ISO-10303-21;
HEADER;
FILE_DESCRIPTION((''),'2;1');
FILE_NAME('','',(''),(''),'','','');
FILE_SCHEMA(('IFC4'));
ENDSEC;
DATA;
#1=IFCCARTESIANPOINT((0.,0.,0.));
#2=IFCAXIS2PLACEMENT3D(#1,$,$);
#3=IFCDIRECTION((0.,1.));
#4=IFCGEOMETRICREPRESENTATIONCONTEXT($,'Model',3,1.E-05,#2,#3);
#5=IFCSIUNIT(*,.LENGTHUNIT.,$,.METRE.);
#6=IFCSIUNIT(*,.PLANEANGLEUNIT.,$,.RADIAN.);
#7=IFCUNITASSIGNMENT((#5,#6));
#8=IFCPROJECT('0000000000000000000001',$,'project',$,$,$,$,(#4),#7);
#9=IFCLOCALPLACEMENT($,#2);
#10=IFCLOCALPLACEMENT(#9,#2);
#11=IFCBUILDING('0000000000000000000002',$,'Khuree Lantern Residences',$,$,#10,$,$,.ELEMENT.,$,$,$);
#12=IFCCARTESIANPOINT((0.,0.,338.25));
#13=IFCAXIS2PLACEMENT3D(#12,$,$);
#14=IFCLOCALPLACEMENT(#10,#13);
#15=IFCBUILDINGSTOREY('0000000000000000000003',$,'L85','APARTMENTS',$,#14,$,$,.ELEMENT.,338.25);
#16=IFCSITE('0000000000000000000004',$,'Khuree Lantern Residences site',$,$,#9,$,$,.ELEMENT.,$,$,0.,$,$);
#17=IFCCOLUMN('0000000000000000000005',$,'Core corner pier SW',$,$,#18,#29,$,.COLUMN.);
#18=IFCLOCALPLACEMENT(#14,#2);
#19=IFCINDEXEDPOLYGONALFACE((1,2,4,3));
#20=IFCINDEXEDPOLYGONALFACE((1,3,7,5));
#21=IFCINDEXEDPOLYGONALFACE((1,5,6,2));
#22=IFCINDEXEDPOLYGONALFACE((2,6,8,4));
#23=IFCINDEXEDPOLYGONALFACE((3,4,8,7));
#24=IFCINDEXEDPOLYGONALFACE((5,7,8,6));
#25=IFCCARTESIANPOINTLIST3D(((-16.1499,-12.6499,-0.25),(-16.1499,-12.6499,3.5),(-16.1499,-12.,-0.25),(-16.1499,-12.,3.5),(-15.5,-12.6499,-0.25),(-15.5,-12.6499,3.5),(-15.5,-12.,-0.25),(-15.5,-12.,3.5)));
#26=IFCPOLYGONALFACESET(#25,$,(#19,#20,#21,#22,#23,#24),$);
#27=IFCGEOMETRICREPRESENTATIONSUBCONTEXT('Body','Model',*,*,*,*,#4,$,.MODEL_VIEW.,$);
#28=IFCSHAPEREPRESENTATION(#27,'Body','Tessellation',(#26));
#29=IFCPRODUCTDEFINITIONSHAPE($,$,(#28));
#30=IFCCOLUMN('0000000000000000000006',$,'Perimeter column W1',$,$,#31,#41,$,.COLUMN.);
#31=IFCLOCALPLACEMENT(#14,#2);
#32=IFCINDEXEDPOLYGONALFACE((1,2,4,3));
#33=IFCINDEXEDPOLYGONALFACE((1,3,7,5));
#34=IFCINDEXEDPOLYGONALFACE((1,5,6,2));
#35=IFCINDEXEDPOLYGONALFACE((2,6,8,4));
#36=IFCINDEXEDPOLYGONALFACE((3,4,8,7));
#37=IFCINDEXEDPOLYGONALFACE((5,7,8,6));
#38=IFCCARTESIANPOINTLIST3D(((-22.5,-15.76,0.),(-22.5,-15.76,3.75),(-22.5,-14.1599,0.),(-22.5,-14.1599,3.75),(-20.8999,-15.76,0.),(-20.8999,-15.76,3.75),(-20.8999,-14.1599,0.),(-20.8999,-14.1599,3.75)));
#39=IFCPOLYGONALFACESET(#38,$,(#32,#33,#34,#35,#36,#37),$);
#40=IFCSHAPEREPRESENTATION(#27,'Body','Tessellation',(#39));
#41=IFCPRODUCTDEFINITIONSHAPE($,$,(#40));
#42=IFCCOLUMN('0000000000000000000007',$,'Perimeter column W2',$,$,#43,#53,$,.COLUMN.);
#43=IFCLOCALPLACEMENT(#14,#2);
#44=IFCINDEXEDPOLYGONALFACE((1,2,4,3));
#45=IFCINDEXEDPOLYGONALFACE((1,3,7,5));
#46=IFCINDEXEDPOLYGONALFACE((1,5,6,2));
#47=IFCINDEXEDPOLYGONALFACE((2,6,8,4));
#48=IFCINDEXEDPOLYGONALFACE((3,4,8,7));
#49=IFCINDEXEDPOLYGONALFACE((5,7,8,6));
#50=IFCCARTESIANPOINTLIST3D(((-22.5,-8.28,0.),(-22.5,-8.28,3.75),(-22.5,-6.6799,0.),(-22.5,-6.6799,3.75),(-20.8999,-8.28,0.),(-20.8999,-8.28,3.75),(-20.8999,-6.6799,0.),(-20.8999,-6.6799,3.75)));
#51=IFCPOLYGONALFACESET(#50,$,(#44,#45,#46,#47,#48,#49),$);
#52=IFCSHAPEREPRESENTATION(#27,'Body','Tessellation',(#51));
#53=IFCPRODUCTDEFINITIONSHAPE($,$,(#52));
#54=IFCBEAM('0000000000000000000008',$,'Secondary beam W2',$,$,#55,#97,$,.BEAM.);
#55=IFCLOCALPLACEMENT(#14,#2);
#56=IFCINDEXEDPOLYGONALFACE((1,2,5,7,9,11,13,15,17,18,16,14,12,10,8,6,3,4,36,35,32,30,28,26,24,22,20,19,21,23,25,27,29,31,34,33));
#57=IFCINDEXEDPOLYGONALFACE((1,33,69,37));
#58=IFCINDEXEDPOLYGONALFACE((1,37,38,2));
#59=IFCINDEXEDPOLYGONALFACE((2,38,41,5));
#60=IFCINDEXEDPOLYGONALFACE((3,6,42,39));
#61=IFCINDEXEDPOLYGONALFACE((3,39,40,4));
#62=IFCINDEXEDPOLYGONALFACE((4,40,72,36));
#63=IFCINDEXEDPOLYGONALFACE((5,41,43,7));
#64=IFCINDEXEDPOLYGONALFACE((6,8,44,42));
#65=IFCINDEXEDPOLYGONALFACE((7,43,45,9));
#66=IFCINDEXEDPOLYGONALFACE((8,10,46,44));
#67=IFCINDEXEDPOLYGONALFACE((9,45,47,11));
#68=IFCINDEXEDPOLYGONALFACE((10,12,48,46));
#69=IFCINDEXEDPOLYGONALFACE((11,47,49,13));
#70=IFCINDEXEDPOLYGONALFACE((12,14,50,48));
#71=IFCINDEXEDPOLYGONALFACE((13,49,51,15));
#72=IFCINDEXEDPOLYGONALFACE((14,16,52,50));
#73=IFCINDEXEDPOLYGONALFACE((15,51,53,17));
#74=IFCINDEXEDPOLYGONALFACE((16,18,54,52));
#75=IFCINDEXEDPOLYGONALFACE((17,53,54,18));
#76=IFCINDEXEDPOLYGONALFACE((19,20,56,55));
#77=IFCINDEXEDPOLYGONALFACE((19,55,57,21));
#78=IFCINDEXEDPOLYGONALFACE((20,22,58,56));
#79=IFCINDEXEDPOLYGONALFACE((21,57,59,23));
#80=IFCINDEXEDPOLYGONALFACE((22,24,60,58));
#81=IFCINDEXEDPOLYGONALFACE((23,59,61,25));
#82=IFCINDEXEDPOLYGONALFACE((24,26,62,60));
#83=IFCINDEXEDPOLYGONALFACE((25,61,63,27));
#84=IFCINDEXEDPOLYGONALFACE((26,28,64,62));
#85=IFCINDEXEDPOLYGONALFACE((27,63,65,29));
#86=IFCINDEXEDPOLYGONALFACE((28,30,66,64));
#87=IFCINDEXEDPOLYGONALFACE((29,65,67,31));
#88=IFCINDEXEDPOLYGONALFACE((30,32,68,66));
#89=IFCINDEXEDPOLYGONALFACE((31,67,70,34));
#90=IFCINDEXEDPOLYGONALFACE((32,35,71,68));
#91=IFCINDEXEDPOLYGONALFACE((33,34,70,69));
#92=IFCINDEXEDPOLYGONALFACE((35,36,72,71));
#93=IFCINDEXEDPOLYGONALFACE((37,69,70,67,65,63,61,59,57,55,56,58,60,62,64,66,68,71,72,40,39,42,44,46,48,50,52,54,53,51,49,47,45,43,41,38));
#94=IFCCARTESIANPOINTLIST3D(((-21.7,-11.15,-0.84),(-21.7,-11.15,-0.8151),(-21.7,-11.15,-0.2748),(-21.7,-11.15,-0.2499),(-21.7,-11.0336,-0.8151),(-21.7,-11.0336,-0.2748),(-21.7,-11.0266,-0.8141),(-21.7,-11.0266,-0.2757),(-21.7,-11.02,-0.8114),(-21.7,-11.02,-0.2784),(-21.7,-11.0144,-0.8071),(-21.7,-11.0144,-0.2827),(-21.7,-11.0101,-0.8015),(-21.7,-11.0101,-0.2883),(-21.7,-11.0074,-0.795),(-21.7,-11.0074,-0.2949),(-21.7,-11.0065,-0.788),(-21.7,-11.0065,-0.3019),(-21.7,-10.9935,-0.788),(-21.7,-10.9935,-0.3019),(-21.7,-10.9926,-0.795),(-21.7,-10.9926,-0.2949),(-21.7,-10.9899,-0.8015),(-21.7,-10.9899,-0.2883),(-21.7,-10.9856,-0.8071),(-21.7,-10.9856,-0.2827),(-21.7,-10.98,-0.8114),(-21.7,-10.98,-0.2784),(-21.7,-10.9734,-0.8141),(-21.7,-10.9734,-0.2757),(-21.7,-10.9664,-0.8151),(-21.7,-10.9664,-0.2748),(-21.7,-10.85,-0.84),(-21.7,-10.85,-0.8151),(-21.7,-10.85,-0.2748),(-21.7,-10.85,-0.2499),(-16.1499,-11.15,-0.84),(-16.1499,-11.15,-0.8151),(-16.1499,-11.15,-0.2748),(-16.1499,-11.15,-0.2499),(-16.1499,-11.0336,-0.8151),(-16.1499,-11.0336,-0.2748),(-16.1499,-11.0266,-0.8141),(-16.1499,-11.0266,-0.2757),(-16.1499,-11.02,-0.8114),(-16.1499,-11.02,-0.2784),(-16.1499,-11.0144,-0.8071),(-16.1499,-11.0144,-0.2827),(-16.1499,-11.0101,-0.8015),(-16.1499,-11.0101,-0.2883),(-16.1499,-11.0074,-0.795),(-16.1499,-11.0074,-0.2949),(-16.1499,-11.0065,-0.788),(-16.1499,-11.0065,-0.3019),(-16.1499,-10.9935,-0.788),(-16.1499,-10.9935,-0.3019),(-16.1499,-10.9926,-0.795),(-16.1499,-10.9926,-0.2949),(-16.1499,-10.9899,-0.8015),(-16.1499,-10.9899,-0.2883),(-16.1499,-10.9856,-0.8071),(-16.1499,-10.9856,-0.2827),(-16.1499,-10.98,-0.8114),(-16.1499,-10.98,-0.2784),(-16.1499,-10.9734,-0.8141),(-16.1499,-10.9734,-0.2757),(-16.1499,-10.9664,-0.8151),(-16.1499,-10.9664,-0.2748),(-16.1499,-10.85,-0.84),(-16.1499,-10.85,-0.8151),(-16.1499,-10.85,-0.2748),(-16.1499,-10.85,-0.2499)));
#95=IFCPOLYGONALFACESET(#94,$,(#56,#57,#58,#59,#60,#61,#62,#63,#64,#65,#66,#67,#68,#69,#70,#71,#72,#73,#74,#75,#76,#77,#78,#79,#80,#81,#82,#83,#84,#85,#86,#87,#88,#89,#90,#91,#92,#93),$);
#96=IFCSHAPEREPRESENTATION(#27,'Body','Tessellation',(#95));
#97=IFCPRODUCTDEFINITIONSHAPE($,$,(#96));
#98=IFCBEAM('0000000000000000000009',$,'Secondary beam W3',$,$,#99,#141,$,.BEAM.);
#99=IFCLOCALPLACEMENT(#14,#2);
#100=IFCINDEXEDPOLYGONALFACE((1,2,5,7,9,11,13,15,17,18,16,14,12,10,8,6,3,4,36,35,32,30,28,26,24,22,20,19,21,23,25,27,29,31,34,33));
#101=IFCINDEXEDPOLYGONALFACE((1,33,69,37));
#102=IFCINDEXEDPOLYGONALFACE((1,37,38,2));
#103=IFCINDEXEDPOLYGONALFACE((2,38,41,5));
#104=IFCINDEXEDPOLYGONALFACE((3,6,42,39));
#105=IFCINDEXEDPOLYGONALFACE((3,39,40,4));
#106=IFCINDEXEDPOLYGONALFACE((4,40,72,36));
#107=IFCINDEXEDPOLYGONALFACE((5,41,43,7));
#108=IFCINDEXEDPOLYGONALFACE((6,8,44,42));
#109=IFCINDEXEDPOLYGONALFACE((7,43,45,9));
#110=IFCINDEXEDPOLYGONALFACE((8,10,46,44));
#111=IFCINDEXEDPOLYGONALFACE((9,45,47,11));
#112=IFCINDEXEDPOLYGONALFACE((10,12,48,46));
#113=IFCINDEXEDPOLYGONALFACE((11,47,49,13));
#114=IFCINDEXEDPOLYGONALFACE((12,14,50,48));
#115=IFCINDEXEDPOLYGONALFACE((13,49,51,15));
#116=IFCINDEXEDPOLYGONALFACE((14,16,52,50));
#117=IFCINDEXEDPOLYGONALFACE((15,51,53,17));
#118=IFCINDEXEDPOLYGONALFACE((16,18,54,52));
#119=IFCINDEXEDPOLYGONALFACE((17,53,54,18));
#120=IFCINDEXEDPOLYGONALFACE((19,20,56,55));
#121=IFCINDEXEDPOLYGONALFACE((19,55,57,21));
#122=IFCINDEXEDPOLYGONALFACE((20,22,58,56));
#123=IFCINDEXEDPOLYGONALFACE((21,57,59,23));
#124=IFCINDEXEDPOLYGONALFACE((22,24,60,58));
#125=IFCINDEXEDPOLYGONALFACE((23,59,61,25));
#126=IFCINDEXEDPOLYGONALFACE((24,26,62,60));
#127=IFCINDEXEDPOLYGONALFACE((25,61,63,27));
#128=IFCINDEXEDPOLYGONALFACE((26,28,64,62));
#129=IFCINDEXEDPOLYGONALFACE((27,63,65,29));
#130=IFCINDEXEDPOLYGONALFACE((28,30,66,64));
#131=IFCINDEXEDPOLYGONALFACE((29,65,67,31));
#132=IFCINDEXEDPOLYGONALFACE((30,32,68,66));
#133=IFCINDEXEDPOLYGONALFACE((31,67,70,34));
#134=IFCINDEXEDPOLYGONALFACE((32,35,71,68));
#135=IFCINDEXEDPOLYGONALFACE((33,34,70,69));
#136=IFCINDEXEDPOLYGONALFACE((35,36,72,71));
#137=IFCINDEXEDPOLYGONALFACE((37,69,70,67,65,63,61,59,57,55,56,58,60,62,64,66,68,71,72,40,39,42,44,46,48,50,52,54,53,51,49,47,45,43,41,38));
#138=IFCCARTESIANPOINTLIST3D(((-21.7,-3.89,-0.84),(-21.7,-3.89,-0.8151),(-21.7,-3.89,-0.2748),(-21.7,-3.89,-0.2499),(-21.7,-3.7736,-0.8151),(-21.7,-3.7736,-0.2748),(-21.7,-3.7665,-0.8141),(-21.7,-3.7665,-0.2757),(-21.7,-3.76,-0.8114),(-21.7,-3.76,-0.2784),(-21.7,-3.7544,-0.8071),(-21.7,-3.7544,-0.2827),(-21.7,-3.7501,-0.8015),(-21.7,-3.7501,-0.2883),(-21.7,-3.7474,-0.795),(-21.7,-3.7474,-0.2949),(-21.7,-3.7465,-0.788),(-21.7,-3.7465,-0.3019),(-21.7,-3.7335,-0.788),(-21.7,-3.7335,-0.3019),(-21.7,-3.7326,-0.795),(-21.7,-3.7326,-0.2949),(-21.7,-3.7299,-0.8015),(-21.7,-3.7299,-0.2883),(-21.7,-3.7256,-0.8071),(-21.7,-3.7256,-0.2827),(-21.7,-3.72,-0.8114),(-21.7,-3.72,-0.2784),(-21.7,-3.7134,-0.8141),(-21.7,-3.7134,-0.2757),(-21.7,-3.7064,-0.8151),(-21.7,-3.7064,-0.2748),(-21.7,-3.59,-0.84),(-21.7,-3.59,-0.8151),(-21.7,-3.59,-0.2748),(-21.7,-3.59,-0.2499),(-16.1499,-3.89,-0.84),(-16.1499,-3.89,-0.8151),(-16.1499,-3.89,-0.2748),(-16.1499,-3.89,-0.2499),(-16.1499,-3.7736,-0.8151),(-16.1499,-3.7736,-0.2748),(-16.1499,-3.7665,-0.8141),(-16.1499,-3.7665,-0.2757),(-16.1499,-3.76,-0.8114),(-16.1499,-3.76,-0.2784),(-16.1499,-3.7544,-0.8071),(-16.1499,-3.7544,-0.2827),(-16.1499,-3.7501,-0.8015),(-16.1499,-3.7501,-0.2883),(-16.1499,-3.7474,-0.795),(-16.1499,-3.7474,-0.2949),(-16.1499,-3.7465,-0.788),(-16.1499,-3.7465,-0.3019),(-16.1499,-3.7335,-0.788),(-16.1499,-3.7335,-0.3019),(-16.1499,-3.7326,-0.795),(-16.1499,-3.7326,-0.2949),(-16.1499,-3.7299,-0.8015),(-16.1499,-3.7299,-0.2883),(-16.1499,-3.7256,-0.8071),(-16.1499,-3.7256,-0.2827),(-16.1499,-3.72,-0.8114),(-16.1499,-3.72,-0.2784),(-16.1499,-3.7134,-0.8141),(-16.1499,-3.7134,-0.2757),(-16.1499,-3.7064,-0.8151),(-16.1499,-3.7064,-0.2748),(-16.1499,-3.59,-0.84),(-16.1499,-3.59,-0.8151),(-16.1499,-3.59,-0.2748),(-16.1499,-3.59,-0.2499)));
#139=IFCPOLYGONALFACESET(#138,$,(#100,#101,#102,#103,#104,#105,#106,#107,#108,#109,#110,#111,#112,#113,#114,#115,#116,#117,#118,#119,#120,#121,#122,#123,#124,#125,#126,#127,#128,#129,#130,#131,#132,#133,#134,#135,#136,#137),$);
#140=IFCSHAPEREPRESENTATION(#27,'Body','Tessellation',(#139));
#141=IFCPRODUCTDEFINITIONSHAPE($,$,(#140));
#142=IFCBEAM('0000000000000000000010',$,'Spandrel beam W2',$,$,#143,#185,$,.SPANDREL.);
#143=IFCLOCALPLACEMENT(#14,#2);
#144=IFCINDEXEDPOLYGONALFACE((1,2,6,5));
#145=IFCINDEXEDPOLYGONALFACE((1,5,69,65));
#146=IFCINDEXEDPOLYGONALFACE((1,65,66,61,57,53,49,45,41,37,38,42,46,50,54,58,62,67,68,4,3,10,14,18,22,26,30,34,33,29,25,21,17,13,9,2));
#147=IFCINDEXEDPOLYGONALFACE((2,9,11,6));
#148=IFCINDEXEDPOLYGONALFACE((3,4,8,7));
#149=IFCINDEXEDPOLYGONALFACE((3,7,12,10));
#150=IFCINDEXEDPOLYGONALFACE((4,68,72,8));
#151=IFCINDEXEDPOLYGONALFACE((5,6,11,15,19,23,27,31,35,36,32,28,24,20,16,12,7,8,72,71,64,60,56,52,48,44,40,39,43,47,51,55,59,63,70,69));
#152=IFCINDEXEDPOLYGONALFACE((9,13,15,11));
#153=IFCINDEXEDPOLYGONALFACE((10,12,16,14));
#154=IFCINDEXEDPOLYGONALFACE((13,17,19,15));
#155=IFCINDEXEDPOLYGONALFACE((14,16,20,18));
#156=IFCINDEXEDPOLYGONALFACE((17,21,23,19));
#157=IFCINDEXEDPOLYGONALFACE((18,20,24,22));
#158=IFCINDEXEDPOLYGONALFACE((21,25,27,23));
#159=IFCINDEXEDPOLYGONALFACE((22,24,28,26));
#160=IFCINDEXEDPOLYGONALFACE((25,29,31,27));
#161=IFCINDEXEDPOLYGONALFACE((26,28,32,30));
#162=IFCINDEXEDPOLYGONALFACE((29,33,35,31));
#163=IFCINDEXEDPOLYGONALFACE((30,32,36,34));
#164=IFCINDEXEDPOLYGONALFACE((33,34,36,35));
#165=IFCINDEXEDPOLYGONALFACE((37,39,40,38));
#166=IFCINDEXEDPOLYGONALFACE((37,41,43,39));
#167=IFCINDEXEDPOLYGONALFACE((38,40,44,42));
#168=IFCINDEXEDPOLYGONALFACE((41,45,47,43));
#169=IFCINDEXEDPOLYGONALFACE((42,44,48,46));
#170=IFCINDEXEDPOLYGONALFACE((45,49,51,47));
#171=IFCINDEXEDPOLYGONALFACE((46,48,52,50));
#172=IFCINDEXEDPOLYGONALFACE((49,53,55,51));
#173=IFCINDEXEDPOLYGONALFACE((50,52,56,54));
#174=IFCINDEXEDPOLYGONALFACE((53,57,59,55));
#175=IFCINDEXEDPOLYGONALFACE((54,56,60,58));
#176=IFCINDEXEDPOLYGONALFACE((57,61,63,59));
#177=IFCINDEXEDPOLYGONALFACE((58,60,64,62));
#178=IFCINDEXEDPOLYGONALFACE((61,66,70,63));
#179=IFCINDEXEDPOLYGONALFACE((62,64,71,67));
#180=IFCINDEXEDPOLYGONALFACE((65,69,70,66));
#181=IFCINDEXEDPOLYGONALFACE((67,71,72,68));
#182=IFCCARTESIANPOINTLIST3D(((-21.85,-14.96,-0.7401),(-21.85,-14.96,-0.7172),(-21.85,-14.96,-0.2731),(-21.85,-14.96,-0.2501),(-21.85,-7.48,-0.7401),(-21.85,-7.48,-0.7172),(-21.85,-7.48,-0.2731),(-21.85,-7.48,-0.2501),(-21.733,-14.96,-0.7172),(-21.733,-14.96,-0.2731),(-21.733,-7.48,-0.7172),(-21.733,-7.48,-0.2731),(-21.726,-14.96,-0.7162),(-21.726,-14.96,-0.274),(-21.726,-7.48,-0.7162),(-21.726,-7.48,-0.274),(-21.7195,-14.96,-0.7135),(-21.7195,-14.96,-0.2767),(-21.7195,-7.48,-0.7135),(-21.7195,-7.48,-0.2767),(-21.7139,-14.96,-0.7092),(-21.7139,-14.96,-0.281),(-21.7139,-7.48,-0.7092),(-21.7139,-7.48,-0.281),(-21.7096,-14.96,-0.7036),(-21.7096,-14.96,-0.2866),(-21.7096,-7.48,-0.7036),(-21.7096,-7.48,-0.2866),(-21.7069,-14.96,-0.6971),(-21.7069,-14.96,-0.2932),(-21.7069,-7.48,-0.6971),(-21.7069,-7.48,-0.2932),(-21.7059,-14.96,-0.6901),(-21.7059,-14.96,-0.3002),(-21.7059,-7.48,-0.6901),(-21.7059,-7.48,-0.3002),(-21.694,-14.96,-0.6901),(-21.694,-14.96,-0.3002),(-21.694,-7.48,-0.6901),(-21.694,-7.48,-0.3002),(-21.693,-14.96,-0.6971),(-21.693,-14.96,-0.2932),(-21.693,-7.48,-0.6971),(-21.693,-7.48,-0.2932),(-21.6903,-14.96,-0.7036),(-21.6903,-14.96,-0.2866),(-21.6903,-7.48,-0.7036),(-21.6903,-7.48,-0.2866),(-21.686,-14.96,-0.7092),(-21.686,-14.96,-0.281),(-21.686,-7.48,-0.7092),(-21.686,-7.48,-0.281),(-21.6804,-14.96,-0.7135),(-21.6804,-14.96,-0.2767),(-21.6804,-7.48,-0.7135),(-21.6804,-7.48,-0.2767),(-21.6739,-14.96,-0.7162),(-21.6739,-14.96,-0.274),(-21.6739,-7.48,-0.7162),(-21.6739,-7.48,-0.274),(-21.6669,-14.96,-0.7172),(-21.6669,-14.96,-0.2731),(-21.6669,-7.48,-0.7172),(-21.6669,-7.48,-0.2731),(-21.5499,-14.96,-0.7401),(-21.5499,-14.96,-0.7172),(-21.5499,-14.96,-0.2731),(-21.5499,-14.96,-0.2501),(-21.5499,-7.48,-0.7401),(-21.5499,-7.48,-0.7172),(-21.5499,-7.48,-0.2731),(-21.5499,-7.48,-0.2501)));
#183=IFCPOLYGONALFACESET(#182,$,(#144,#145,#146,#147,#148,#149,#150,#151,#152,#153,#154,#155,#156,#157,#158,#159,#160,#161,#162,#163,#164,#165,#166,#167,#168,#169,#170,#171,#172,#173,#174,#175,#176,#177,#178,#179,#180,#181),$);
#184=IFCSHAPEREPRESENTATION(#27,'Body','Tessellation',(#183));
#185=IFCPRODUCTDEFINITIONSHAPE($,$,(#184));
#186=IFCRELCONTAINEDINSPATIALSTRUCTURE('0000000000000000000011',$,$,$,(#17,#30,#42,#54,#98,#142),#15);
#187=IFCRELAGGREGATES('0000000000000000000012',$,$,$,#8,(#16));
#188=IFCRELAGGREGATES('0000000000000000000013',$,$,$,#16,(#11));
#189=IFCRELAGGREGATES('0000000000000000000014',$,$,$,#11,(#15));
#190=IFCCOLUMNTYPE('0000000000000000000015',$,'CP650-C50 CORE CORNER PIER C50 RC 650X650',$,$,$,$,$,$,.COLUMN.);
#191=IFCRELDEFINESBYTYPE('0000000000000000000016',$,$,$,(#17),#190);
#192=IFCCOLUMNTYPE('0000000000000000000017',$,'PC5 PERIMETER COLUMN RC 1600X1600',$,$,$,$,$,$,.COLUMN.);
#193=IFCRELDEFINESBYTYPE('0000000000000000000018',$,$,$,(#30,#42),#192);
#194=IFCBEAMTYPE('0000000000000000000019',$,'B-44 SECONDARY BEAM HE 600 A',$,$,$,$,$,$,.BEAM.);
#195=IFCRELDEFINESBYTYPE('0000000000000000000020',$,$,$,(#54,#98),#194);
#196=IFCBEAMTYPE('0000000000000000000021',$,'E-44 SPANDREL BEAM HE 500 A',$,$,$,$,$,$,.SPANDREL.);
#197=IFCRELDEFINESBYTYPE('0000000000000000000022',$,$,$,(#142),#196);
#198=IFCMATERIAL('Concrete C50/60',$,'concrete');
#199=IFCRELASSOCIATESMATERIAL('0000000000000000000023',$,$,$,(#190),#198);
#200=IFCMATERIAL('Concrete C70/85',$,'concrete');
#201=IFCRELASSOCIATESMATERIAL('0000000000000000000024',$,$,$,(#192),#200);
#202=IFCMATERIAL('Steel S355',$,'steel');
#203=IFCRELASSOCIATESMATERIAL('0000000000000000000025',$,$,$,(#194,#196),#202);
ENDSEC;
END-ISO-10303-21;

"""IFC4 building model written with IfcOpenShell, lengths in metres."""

from ifc_helpers import new_model, si_unit, direction, frame, origin, origin_2d, place, context, subcontext, project, spatial, rectangle, i_section, extrude, material, material_profile, profile_set, type_object, element, save


model = new_model("IFC4")

# Units and contexts
model_context = context("Model", 3, precision=1e-05, world=origin(), true_north=direction((0.0, 1.0)))
body_context = subcontext(model_context, "Body", "Model", "MODEL_VIEW")
ifc_project = project(units=[si_unit("LENGTHUNIT", "METRE"), si_unit("PLANEANGLEUNIT", "RADIAN")], contexts=[model_context])

# Site, building, storey
site_placement = place(None, origin())
site = spatial("IfcSite", under=ifc_project, at=site_placement, Name="Khuree Lantern Residences site", CompositionType="ELEMENT", RefElevation=0.0)
building_placement = place(site_placement, origin())
building = spatial("IfcBuilding", under=site, at=building_placement, Name="Khuree Lantern Residences", CompositionType="ELEMENT")
storey_placement = place(building_placement, frame((0.0, 0.0, 338.25)))
storey = spatial("IfcBuildingStorey", under=building, at=storey_placement, Name="L85", Description="APARTMENTS", CompositionType="ELEMENT", Elevation=338.25)

# Columns
ifc_material_1 = material(Name="Concrete C50/60", Category="concrete")
ifc_material_profile_1 = material_profile(ifc_material_1, rectangle(XDim=0.6499, YDim=0.6499, at=origin_2d()), Name="RC 650X650")
ifc_profile_set_1 = profile_set([ifc_material_profile_1], Name="Concrete C50/60")
column_type_1 = type_object("IfcColumnType", Name="CP650-C50 CORE CORNER PIER C50 RC 650X650", PredefinedType="COLUMN", material=ifc_profile_set_1)
column_placement = place(storey_placement, frame((-15.825, -12.325, -0.25), z_axis=(0.0, 0.0, 1.0), x_axis=(1.0, 0.0, 0.0)))
element("IfcColumn", 1, at=column_placement, inside=storey, type_object=column_type_1, Name="Core corner pier SW", PredefinedType="COLUMN", context=body_context, shape_type="SweptSolid", body=[
    extrude(rectangle(XDim=0.6499, YDim=0.6499, at=origin_2d()), origin(), (0.0, 0.0, 1.0), 3.75),
])
ifc_material_2 = material(Name="Concrete C70/85", Category="concrete")
ifc_material_profile_2 = material_profile(ifc_material_2, rectangle(XDim=1.6001, YDim=1.6001, at=origin_2d()), Name="RC 1600X1600")
ifc_profile_set_2 = profile_set([ifc_material_profile_2], Name="Concrete C70/85")
column_type_2 = type_object("IfcColumnType", Name="PC5 PERIMETER COLUMN RC 1600X1600", PredefinedType="COLUMN", material=ifc_profile_set_2)
for number, where, z_axis, x_axis, name in (
    (2, (-21.7, -14.96, 0.0), (0.0, 0.0, 1.0), (0.0, 1.0, 0.0), "Perimeter column W1"),
    (3, (-21.7, -7.48, 0.0), (0.0, 0.0, 1.0), (0.0, 1.0, 0.0), "Perimeter column W2"),
):
    element("IfcColumn", number, at=place(storey_placement, frame(where, z_axis=z_axis, x_axis=x_axis)), inside=storey, type_object=column_type_2, Name=name, PredefinedType="COLUMN", context=body_context, shape_type="SweptSolid", body=[
        extrude(rectangle(XDim=1.6001, YDim=1.6001, at=origin_2d()), origin(), (0.0, 0.0, 1.0), 3.75),
    ])

# Beams
ifc_material_3 = material(Name="Steel S355", Category="steel")
ifc_material_profile_3 = material_profile(ifc_material_3, i_section(OverallWidth=0.3, OverallDepth=0.5901, WebThickness=0.0129, FlangeThickness=0.0249, FilletRadius=0.0271, at=origin_2d()), Name="HE 600 A")
ifc_profile_set_3 = profile_set([ifc_material_profile_3], Name="Steel S355")
beam_type_1 = type_object("IfcBeamType", Name="B-44 SECONDARY BEAM HE 600 A", PredefinedType="BEAM", material=ifc_profile_set_3)
for number, where, z_axis, x_axis, name in (
    (4, (-21.7, -11.0, -0.5449), (1.0, 0.0, 0.0), (0.0, 1.0, 0.0), "Secondary beam W2"),
    (5, (-21.7, -3.74, -0.5449), (1.0, 0.0, 0.0), (0.0, 1.0, 0.0), "Secondary beam W3"),
):
    element("IfcBeam", number, at=place(storey_placement, frame(where, z_axis=z_axis, x_axis=x_axis)), inside=storey, type_object=beam_type_1, Name=name, PredefinedType="BEAM", context=body_context, shape_type="SweptSolid", body=[
        extrude(i_section(OverallWidth=0.3, OverallDepth=0.5901, WebThickness=0.0129, FlangeThickness=0.0249, FilletRadius=0.0271, at=origin_2d()), origin(), (0.0, 0.0, 1.0), 5.55),
    ])
ifc_material_profile_4 = material_profile(ifc_material_3, i_section(OverallWidth=0.3, OverallDepth=0.49, WebThickness=0.012, FlangeThickness=0.0229, FilletRadius=0.0271, at=origin_2d()), Name="HE 500 A")
ifc_profile_set_4 = profile_set([ifc_material_profile_4], Name="Steel S355")
beam_type_2 = type_object("IfcBeamType", Name="E-44 SPANDREL BEAM HE 500 A", PredefinedType="SPANDREL", material=ifc_profile_set_4)
for number, where, z_axis, x_axis, name in (
    (6, (-21.7, -14.96, -0.4951), (0.0, 1.0, 0.0), (-1.0, 0.0, 0.0), "Spandrel beam W2"),
):
    element("IfcBeam", number, at=place(storey_placement, frame(where, z_axis=z_axis, x_axis=x_axis)), inside=storey, type_object=beam_type_2, Name=name, PredefinedType="SPANDREL", context=body_context, shape_type="SweptSolid", body=[
        extrude(i_section(OverallWidth=0.3, OverallDepth=0.49, WebThickness=0.012, FlangeThickness=0.0229, FilletRadius=0.0271, at=origin_2d()), origin(), (0.0, 0.0, 1.0), 7.48),
    ])

save(model, "model.ifc")
